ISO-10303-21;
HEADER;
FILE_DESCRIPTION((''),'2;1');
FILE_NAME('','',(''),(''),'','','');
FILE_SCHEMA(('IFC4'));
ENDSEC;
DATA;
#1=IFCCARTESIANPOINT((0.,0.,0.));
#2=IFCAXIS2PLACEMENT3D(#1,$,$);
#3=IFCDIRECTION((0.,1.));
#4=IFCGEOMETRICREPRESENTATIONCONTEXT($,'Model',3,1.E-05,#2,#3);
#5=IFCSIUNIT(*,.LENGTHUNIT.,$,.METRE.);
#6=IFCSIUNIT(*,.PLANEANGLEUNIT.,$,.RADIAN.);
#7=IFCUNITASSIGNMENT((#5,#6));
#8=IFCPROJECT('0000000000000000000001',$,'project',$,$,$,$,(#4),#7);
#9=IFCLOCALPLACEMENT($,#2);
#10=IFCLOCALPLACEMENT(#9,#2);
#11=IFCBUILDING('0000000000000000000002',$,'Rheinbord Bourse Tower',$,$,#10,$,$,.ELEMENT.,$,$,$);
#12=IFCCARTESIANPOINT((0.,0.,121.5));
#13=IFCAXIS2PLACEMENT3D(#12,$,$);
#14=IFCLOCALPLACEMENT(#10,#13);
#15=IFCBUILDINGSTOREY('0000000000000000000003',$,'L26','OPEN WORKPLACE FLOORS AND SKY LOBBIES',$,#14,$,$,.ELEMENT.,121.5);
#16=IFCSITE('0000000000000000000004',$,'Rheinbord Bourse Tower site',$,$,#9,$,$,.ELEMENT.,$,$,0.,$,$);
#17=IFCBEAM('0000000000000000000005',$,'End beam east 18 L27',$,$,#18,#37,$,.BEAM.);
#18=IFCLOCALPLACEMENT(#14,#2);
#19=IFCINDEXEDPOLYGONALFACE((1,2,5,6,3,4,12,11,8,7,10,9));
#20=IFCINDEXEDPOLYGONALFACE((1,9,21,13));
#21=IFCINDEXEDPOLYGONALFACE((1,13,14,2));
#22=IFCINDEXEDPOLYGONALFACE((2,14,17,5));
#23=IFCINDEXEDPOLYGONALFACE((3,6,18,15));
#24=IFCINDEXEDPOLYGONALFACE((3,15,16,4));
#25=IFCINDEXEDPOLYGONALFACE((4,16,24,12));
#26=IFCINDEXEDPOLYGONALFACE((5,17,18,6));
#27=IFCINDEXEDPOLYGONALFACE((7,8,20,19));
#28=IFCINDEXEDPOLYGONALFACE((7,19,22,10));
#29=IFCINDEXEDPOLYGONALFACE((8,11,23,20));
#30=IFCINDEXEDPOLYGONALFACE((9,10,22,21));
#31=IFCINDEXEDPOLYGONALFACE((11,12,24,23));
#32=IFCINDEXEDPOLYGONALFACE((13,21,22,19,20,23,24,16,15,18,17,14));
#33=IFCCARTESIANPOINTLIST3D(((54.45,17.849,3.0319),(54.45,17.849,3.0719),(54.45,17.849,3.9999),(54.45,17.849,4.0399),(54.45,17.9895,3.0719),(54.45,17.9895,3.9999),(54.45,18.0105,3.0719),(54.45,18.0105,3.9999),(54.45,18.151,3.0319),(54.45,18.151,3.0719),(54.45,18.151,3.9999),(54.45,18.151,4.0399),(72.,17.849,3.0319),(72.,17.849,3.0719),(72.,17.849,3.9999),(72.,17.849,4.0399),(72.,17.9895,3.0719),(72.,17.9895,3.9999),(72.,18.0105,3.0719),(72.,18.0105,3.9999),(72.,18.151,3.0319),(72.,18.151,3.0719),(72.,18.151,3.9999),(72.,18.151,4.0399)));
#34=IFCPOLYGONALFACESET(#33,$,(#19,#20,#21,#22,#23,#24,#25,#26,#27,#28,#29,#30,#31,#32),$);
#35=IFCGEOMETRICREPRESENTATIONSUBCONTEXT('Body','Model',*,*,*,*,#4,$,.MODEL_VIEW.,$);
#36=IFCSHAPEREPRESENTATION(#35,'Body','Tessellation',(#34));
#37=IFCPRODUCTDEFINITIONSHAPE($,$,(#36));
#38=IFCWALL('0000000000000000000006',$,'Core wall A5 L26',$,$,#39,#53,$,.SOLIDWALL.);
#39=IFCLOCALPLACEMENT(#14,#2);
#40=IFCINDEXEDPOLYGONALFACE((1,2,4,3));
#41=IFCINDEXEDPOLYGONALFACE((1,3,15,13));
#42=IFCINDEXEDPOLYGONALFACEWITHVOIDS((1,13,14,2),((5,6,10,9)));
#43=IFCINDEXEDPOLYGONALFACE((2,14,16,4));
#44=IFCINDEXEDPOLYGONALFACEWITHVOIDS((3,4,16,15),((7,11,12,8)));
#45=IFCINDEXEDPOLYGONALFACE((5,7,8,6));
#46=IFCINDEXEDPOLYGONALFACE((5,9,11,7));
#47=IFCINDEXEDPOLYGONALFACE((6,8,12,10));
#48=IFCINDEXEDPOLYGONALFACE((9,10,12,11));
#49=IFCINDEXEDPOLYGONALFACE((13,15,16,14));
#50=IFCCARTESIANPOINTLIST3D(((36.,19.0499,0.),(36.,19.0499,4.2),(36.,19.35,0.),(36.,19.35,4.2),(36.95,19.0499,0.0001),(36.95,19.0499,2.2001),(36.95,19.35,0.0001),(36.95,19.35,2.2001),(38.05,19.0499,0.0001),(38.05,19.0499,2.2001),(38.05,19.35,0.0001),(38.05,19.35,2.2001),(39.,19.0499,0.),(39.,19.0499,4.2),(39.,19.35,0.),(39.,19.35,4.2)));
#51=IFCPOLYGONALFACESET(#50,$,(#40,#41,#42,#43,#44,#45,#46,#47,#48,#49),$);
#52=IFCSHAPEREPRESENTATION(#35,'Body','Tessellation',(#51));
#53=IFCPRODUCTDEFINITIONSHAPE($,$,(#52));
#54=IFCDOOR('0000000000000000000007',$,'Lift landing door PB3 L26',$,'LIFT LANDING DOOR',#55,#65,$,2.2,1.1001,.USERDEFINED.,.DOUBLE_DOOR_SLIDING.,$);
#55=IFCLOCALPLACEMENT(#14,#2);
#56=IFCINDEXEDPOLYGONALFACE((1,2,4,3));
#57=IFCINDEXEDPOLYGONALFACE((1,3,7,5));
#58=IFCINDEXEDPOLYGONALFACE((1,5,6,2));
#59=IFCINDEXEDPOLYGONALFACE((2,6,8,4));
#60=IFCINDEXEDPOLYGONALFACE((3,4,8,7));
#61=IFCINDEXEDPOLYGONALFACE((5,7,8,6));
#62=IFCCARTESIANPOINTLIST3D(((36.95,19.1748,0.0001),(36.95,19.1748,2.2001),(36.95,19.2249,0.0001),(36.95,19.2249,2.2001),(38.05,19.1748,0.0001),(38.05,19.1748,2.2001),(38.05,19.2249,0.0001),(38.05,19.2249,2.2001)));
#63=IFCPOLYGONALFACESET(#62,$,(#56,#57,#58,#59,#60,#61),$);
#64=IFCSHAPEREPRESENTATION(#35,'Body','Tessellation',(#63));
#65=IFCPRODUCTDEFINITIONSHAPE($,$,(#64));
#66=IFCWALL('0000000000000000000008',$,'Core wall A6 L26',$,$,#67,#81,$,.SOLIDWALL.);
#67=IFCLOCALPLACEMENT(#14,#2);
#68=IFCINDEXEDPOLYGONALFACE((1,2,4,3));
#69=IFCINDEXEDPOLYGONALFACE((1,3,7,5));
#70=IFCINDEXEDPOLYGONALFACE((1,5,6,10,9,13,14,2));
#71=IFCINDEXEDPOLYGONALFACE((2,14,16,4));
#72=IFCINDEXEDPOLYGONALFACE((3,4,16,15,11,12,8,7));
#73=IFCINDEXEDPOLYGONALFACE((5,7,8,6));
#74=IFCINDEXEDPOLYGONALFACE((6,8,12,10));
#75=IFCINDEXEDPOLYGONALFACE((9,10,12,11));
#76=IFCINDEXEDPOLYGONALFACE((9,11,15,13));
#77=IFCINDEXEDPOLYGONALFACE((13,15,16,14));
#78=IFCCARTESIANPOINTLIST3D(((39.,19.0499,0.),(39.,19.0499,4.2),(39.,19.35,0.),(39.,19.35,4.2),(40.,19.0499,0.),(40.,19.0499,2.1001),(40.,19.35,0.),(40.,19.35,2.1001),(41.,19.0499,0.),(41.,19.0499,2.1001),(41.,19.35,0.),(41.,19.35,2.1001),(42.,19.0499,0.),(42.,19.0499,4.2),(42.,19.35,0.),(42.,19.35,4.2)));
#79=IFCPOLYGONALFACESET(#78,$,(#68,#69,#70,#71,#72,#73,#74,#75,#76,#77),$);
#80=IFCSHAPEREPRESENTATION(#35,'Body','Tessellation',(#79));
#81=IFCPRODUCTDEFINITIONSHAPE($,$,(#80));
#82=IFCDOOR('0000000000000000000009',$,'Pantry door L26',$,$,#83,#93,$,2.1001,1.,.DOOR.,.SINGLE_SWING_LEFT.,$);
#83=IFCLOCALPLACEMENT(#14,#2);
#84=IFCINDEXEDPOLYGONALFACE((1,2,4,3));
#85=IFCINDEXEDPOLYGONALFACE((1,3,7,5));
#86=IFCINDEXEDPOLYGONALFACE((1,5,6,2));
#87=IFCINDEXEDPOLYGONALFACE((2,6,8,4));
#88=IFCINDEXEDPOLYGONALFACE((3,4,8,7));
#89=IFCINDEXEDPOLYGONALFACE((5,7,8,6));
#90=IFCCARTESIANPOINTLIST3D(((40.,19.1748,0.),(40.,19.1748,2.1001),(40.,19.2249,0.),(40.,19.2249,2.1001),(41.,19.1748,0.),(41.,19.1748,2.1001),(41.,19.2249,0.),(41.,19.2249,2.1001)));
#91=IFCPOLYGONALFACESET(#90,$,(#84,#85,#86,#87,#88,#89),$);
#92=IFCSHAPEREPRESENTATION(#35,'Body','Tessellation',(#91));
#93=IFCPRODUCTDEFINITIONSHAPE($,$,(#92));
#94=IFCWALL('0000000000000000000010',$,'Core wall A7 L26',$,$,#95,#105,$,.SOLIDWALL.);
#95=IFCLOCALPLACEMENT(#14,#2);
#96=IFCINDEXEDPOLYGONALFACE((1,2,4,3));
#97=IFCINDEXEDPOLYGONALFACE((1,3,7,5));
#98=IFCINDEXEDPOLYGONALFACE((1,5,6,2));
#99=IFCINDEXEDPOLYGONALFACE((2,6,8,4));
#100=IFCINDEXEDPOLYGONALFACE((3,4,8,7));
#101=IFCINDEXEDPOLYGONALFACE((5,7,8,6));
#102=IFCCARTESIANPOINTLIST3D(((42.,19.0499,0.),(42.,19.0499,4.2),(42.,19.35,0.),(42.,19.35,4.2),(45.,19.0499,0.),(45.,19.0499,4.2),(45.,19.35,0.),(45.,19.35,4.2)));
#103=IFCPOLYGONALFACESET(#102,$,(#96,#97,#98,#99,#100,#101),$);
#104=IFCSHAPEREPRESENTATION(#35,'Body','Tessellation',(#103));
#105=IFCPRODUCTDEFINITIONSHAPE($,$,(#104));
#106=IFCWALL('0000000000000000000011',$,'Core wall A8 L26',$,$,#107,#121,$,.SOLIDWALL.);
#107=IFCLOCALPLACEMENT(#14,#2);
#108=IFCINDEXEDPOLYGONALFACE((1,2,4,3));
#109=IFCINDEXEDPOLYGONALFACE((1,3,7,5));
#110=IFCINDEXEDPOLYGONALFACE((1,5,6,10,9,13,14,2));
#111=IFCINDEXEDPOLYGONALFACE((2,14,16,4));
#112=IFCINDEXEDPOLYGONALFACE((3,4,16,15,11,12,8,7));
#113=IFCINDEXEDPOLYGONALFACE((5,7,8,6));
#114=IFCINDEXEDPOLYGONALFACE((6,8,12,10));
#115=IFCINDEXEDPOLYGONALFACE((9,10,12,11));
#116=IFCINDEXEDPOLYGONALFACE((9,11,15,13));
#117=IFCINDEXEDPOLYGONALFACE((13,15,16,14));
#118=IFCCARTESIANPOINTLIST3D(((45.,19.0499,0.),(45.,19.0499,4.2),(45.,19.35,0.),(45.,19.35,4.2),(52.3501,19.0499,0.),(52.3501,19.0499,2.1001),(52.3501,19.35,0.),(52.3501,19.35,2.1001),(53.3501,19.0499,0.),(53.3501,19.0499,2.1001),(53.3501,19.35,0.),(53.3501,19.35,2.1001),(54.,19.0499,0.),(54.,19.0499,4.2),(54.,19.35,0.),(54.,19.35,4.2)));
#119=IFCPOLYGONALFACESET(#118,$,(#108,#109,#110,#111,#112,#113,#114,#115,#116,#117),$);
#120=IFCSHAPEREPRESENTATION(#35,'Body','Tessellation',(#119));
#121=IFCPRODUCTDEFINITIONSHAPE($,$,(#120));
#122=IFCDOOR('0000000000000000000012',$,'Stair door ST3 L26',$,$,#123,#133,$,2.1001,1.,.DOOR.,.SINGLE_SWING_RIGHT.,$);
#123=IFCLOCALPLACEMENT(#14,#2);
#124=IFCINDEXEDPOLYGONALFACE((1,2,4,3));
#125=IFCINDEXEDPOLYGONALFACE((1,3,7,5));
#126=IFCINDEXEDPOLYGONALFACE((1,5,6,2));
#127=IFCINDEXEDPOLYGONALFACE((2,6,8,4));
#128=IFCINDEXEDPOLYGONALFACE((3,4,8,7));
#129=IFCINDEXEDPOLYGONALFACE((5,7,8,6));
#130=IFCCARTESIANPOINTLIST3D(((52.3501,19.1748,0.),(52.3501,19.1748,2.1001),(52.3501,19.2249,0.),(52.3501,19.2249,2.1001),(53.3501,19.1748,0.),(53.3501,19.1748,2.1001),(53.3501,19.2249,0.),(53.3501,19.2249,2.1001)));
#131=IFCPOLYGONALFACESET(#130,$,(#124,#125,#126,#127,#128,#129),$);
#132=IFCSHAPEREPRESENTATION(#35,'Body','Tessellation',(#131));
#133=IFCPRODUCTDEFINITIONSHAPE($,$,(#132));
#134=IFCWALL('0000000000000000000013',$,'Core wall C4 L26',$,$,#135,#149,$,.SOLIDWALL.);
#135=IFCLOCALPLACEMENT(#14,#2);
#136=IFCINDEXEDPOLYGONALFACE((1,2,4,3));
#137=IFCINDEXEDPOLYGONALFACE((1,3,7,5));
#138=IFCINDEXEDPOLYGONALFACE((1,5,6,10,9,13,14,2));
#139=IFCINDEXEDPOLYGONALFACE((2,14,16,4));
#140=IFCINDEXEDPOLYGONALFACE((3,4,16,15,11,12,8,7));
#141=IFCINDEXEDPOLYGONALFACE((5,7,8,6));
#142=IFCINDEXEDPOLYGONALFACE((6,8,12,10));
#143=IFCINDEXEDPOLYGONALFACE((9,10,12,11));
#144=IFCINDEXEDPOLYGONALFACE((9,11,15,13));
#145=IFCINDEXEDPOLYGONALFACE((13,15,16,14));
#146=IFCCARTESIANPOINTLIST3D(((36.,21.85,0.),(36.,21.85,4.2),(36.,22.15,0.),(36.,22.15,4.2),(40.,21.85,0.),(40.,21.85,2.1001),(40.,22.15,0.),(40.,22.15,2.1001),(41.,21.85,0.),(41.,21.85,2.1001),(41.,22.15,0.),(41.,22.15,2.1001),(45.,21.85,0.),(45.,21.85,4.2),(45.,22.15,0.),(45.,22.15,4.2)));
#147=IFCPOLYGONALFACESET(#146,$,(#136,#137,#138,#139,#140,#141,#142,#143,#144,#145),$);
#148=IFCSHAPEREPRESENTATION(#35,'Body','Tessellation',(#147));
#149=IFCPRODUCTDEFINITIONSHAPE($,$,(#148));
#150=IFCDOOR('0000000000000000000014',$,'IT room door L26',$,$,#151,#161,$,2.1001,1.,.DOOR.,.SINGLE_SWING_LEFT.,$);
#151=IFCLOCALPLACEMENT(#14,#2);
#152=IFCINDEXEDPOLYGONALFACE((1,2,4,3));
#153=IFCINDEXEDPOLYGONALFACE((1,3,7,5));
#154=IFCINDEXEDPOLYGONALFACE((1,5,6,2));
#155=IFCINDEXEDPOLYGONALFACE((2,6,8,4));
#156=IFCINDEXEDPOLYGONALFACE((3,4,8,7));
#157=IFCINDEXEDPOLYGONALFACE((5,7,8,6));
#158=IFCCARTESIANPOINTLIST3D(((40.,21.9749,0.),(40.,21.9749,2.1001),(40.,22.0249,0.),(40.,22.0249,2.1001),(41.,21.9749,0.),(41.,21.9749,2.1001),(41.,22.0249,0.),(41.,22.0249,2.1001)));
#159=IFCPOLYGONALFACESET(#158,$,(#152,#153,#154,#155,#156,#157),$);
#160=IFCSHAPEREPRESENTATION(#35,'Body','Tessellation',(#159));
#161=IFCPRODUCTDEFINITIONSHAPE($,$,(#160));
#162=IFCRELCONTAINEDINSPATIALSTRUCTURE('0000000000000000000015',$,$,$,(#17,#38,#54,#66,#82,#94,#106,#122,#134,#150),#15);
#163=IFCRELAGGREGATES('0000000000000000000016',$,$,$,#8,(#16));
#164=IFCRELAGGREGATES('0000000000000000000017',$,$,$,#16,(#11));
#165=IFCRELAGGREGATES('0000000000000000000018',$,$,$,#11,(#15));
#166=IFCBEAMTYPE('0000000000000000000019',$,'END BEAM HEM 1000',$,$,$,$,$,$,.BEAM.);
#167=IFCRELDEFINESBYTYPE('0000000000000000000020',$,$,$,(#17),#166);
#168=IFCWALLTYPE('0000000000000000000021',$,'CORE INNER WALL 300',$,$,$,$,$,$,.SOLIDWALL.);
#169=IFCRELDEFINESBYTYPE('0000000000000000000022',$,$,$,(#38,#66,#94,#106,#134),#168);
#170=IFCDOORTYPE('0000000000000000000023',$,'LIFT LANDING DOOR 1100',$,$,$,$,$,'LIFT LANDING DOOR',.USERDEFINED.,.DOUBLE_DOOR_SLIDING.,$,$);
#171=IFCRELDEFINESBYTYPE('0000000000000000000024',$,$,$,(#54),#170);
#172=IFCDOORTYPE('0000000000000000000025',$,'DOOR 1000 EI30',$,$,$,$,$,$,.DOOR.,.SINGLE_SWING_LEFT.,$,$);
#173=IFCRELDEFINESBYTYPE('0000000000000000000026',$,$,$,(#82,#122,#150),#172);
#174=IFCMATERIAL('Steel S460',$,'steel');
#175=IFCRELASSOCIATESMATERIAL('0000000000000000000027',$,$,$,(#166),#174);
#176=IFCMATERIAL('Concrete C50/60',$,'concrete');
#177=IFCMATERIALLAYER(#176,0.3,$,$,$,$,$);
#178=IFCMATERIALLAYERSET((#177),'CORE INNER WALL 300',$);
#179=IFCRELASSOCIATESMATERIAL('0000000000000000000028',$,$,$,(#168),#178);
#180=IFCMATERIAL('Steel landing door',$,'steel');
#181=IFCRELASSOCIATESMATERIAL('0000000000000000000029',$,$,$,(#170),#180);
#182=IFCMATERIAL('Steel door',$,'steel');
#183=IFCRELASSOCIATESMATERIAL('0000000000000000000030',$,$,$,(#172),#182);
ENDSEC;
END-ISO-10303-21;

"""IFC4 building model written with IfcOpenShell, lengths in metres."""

from ifc_helpers import new_model, si_unit, direction, frame, frame_2d, origin, origin_2d, place, context, subcontext, project, spatial, rectangle, i_section, extrude, material, layer, layer_set, material_profile, profile_set, type_object, element, fill, save


model = new_model("IFC4")

# Units and contexts
model_context = context("Model", 3, precision=1e-05, world=origin(), true_north=direction((0.0, 1.0)))
body_context = subcontext(model_context, "Body", "Model", "MODEL_VIEW")
ifc_project = project(units=[si_unit("LENGTHUNIT", "METRE"), si_unit("PLANEANGLEUNIT", "RADIAN")], contexts=[model_context])

# Site, building, storey
site_placement = place(None, origin())
site = spatial("IfcSite", under=ifc_project, at=site_placement, Name="Rheinbord Bourse Tower site", CompositionType="ELEMENT", RefElevation=0.0)
building_placement = place(site_placement, origin())
building = spatial("IfcBuilding", under=site, at=building_placement, Name="Rheinbord Bourse Tower", CompositionType="ELEMENT")
storey_placement = place(building_placement, frame((0.0, 0.0, 121.5)))
storey = spatial("IfcBuildingStorey", under=building, at=storey_placement, Name="L26", Description="OPEN WORKPLACE FLOORS AND SKY LOBBIES", CompositionType="ELEMENT", Elevation=121.5)

# Beam
ifc_material_1 = material(Name="Steel S460", Category="steel")
ifc_material_profile = material_profile(ifc_material_1, i_section(OverallWidth=0.302, OverallDepth=1.0081, WebThickness=0.021, FlangeThickness=0.04, at=origin_2d()), Name="HEM 1000")
ifc_profile_set = profile_set([ifc_material_profile], Name="Steel S460")
beam_type = type_object("IfcBeamType", Name="END BEAM HEM 1000", PredefinedType="BEAM", material=ifc_profile_set)
beam_placement = place(storey_placement, frame((54.45, 18.0, 3.5359), z_axis=(1.0, 0.0, 0.0), x_axis=(0.0, 1.0, 0.0)))
element("IfcBeam", 1, at=beam_placement, inside=storey, type_object=beam_type, Name="End beam east 18 L27", PredefinedType="BEAM", context=body_context, shape_type="SweptSolid", body=[
    extrude(i_section(OverallWidth=0.302, OverallDepth=1.0081, WebThickness=0.021, FlangeThickness=0.04, at=origin_2d()), origin(), (0.0, 0.0, 1.0), 17.55),
])

# Walls, openings, doors
ifc_material_2 = material(Name="Concrete C50/60", Category="concrete")
ifc_layer_1 = layer(ifc_material_2, 0.3)
ifc_layer_set_1 = layer_set([ifc_layer_1], Name="CORE INNER WALL 300")
wall_type_1 = type_object("IfcWallType", Name="CORE INNER WALL 300", PredefinedType="SOLIDWALL", material=ifc_layer_set_1)
wall_1_placement = place(storey_placement, frame((36.0, 19.2, 0.0), z_axis=(0.0, 0.0, 1.0), x_axis=(1.0, 0.0, 0.0)))
wall_1 = element("IfcWall", 2, at=wall_1_placement, inside=storey, type_object=wall_type_1, Name="Core wall A5 L26", PredefinedType="SOLIDWALL", context=body_context, shape_type="SweptSolid", body=[
    extrude(rectangle(XDim=3.0, YDim=0.3, at=frame_2d((1.5, 0.0))), origin(), (0.0, 0.0, 1.0), 4.2),
])
opening_1_placement = place(wall_1_placement, frame((0.95, 0.0, 0.0)))
opening_1 = element("IfcOpeningElement", 3, at=opening_1_placement, cuts=wall_1, PredefinedType="OPENING", context=body_context, shape_type="SweptSolid", body=[
    extrude(rectangle(XDim=1.1001, YDim=2.2, at=frame_2d((0.55, 1.1001))), frame((0.0, 0.1599, 0.0), z_axis=(0.0, -1.0, 0.0), x_axis=(1.0, 0.0, 0.0)), (0.0, 0.0, 1.0), 0.3201),
])
ifc_material_3 = material(Name="Steel landing door", Category="steel")
door_type_1 = type_object("IfcDoorType", Name="LIFT LANDING DOOR 1100", ElementType="LIFT LANDING DOOR", OperationType="DOUBLE_DOOR_SLIDING", PredefinedType="USERDEFINED", material=ifc_material_3)
door_1_placement = place(opening_1_placement, origin())
door_1 = element("IfcDoor", 4, at=door_1_placement, inside=storey, type_object=door_type_1, Name="Lift landing door PB3 L26", ObjectType="LIFT LANDING DOOR", OperationType="DOUBLE_DOOR_SLIDING", OverallHeight=2.2, OverallWidth=1.1001, PredefinedType="USERDEFINED", context=body_context, shape_type="SweptSolid", body=[
    extrude(rectangle(XDim=1.1001, YDim=2.2, at=frame_2d((0.55, 1.1001))), frame((0.0, 0.0249, 0.0), z_axis=(0.0, -1.0, 0.0), x_axis=(1.0, 0.0, 0.0)), (0.0, 0.0, 1.0), 0.05),
])
fill(opening_1, door_1)
wall_2_placement = place(storey_placement, frame((39.0, 19.2, 0.0), z_axis=(0.0, 0.0, 1.0), x_axis=(1.0, 0.0, 0.0)))
wall_2 = element("IfcWall", 5, at=wall_2_placement, inside=storey, type_object=wall_type_1, Name="Core wall A6 L26", PredefinedType="SOLIDWALL", context=body_context, shape_type="SweptSolid", body=[
    extrude(rectangle(XDim=3.0, YDim=0.3, at=frame_2d((1.5, 0.0))), origin(), (0.0, 0.0, 1.0), 4.2),
])
opening_2_placement = place(wall_2_placement, frame((1.0, 0.0, 0.0)))
opening_2 = element("IfcOpeningElement", 6, at=opening_2_placement, cuts=wall_2, PredefinedType="OPENING", context=body_context, shape_type="SweptSolid", body=[
    extrude(rectangle(XDim=1.0, YDim=2.1001, at=frame_2d((0.5, 1.05))), frame((0.0, 0.1599, 0.0), z_axis=(0.0, -1.0, 0.0), x_axis=(1.0, 0.0, 0.0)), (0.0, 0.0, 1.0), 0.3201),
])
ifc_material_4 = material(Name="Steel door", Category="steel")
door_type_2 = type_object("IfcDoorType", Name="DOOR 1000 EI30", OperationType="SINGLE_SWING_LEFT", PredefinedType="DOOR", material=ifc_material_4)
door_2_placement = place(opening_2_placement, origin())
door_2 = element("IfcDoor", 7, at=door_2_placement, inside=storey, type_object=door_type_2, Name="Pantry door L26", OperationType="SINGLE_SWING_LEFT", OverallHeight=2.1001, OverallWidth=1.0, PredefinedType="DOOR", context=body_context, shape_type="SweptSolid", body=[
    extrude(rectangle(XDim=1.0, YDim=2.1001, at=frame_2d((0.5, 1.05))), frame((0.0, 0.0249, 0.0), z_axis=(0.0, -1.0, 0.0), x_axis=(1.0, 0.0, 0.0)), (0.0, 0.0, 1.0), 0.05),
])
fill(opening_2, door_2)

# Wall
wall_3_placement = place(storey_placement, frame((42.0, 19.2, 0.0), z_axis=(0.0, 0.0, 1.0), x_axis=(1.0, 0.0, 0.0)))
element("IfcWall", 8, at=wall_3_placement, inside=storey, type_object=wall_type_1, Name="Core wall A7 L26", PredefinedType="SOLIDWALL", context=body_context, shape_type="SweptSolid", body=[
    extrude(rectangle(XDim=3.0, YDim=0.3, at=frame_2d((1.5, 0.0))), origin(), (0.0, 0.0, 1.0), 4.2),
])

# Walls, openings, doors
wall_4_placement = place(storey_placement, frame((45.0, 19.2, 0.0), z_axis=(0.0, 0.0, 1.0), x_axis=(1.0, 0.0, 0.0)))
wall_4 = element("IfcWall", 9, at=wall_4_placement, inside=storey, type_object=wall_type_1, Name="Core wall A8 L26", PredefinedType="SOLIDWALL", context=body_context, shape_type="SweptSolid", body=[
    extrude(rectangle(XDim=9.0, YDim=0.3, at=frame_2d((4.5, 0.0))), origin(), (0.0, 0.0, 1.0), 4.2),
])
opening_3_placement = place(wall_4_placement, frame((7.3501, 0.0, 0.0)))
opening_3 = element("IfcOpeningElement", 10, at=opening_3_placement, cuts=wall_4, PredefinedType="OPENING", context=body_context, shape_type="SweptSolid", body=[
    extrude(rectangle(XDim=1.0, YDim=2.1001, at=frame_2d((0.5, 1.05))), frame((0.0, 0.1599, 0.0), z_axis=(0.0, -1.0, 0.0), x_axis=(1.0, 0.0, 0.0)), (0.0, 0.0, 1.0), 0.3201),
])
door_3_placement = place(opening_3_placement, origin())
door_3 = element("IfcDoor", 11, at=door_3_placement, inside=storey, type_object=door_type_2, Name="Stair door ST3 L26", OperationType="SINGLE_SWING_RIGHT", OverallHeight=2.1001, OverallWidth=1.0, PredefinedType="DOOR", context=body_context, shape_type="SweptSolid", body=[
    extrude(rectangle(XDim=1.0, YDim=2.1001, at=frame_2d((0.5, 1.05))), frame((0.0, 0.0249, 0.0), z_axis=(0.0, -1.0, 0.0), x_axis=(1.0, 0.0, 0.0)), (0.0, 0.0, 1.0), 0.05),
])
fill(opening_3, door_3)
wall_5_placement = place(storey_placement, frame((36.0, 22.0, 0.0), z_axis=(0.0, 0.0, 1.0), x_axis=(1.0, 0.0, 0.0)))
wall_5 = element("IfcWall", 12, at=wall_5_placement, inside=storey, type_object=wall_type_1, Name="Core wall C4 L26", PredefinedType="SOLIDWALL", context=body_context, shape_type="SweptSolid", body=[
    extrude(rectangle(XDim=9.0, YDim=0.3, at=frame_2d((4.5, 0.0))), origin(), (0.0, 0.0, 1.0), 4.2),
])
opening_4_placement = place(wall_5_placement, frame((4.0, 0.0, 0.0)))
opening_4 = element("IfcOpeningElement", 13, at=opening_4_placement, cuts=wall_5, PredefinedType="OPENING", context=body_context, shape_type="SweptSolid", body=[
    extrude(rectangle(XDim=1.0, YDim=2.1001, at=frame_2d((0.5, 1.05))), frame((0.0, 0.1599, 0.0), z_axis=(0.0, -1.0, 0.0), x_axis=(1.0, 0.0, 0.0)), (0.0, 0.0, 1.0), 0.3201),
])
door_4_placement = place(opening_4_placement, origin())
door_4 = element("IfcDoor", 14, at=door_4_placement, inside=storey, type_object=door_type_2, Name="IT room door L26", OperationType="SINGLE_SWING_LEFT", OverallHeight=2.1001, OverallWidth=1.0, PredefinedType="DOOR", context=body_context, shape_type="SweptSolid", body=[
    extrude(rectangle(XDim=1.0, YDim=2.1001, at=frame_2d((0.5, 1.05))), frame((0.0, 0.0249, 0.0), z_axis=(0.0, -1.0, 0.0), x_axis=(1.0, 0.0, 0.0)), (0.0, 0.0, 1.0), 0.05),
])
fill(opening_4, door_4)

save(model, "model.ifc")
